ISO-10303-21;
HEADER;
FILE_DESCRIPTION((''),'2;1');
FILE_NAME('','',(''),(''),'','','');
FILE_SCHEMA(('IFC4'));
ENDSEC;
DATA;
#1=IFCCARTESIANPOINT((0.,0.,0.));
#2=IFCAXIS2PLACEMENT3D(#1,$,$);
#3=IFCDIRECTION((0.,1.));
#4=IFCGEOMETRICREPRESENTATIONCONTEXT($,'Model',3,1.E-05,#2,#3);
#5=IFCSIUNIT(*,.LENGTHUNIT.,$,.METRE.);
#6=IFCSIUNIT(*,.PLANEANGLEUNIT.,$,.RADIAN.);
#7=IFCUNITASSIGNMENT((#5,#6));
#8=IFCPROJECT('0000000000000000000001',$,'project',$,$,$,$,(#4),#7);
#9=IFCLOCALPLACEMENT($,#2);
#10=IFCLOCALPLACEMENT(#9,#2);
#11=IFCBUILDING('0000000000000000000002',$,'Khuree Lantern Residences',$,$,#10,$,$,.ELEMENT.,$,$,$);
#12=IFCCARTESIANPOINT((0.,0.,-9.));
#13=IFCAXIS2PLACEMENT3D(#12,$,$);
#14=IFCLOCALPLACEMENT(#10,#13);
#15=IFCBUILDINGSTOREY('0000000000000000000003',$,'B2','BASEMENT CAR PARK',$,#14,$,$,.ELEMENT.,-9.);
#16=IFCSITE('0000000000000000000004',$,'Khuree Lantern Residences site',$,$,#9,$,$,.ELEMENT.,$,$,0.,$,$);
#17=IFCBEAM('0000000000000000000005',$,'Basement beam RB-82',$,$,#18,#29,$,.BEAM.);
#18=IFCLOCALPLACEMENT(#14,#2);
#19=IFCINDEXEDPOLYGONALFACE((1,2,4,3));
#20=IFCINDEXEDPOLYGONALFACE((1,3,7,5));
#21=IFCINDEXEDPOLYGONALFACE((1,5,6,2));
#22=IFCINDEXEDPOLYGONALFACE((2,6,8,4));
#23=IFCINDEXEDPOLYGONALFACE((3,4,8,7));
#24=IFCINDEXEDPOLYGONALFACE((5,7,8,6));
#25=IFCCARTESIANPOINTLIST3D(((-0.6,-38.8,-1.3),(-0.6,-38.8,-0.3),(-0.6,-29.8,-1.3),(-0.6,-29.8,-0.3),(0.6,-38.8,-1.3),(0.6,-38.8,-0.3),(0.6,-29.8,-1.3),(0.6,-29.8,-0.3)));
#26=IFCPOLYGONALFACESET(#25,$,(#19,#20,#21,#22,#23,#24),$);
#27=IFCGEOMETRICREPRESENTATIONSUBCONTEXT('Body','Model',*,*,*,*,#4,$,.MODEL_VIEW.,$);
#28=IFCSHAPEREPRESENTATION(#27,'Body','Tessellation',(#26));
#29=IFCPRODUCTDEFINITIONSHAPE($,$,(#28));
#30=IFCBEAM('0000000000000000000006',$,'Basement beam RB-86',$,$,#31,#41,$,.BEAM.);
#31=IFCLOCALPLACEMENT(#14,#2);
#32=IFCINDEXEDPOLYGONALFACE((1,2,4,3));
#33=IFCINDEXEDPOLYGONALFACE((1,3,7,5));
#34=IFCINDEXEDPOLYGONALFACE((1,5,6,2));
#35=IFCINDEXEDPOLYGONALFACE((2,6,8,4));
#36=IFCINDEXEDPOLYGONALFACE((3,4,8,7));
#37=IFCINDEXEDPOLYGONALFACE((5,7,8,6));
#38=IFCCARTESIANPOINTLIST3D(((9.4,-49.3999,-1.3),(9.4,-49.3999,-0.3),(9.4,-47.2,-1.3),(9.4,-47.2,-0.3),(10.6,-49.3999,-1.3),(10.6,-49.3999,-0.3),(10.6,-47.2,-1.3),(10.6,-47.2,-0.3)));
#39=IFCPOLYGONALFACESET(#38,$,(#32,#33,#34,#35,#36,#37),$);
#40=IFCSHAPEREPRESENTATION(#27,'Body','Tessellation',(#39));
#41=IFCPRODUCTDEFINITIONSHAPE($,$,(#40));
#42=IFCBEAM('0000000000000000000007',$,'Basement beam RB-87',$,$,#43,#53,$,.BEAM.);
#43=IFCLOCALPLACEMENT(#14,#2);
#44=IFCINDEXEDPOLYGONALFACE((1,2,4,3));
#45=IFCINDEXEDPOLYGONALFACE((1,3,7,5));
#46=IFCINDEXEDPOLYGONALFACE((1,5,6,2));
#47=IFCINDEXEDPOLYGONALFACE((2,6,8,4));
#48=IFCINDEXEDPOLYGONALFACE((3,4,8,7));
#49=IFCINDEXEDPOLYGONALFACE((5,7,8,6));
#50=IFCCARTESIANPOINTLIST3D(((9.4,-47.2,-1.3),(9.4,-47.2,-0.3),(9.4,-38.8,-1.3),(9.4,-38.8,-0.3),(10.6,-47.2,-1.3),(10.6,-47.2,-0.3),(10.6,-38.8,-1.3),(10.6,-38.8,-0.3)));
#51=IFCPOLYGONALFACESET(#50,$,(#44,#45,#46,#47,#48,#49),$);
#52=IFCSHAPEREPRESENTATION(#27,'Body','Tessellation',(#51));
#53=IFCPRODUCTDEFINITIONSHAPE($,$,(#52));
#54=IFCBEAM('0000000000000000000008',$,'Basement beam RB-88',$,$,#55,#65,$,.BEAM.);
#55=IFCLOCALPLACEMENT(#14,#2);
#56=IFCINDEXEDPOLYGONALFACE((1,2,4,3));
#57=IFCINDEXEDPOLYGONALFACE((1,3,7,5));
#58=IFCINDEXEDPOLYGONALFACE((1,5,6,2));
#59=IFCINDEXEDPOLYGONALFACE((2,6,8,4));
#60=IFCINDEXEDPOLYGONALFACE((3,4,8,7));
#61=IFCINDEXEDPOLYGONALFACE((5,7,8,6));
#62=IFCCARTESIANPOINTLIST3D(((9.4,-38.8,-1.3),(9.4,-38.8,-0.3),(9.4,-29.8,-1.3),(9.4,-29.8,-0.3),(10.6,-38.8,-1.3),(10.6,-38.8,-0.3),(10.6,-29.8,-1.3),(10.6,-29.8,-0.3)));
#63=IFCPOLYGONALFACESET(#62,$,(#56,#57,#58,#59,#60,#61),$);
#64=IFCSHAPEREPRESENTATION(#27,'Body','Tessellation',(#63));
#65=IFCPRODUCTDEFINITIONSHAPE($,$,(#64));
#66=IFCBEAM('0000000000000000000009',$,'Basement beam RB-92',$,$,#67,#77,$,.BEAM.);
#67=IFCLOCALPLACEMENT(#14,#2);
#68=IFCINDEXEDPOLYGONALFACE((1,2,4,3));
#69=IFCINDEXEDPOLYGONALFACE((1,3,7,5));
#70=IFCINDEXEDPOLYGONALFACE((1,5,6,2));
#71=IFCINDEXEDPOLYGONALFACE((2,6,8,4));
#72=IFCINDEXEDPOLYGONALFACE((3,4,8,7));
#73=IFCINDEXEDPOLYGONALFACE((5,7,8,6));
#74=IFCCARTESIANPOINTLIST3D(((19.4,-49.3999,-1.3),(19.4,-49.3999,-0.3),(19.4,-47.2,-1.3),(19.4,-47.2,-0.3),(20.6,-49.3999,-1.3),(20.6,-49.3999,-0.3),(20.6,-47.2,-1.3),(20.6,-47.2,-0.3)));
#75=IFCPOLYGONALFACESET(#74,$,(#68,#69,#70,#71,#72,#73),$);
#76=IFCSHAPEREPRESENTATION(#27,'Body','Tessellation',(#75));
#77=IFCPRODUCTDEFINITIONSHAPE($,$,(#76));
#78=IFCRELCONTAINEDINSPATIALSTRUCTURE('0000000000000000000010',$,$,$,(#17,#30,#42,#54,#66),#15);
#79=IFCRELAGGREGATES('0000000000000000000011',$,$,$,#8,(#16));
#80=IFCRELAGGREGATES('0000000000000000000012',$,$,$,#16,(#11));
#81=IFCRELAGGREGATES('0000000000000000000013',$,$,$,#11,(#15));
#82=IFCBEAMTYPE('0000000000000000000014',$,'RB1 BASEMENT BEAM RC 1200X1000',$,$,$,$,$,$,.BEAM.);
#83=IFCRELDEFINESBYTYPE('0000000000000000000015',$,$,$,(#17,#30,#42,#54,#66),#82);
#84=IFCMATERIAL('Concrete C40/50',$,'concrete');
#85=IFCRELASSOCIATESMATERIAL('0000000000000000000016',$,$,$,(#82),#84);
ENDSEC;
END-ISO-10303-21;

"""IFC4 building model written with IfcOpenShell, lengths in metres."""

from ifc_helpers import new_model, si_unit, direction, frame, origin, origin_2d, place, context, subcontext, project, spatial, rectangle, extrude, material, material_profile, profile_set, type_object, element, save


model = new_model("IFC4")

# Units and contexts
model_context = context("Model", 3, precision=1e-05, world=origin(), true_north=direction((0.0, 1.0)))
body_context = subcontext(model_context, "Body", "Model", "MODEL_VIEW")
ifc_project = project(units=[si_unit("LENGTHUNIT", "METRE"), si_unit("PLANEANGLEUNIT", "RADIAN")], contexts=[model_context])

# Site, building, storey
site_placement = place(None, origin())
site = spatial("IfcSite", under=ifc_project, at=site_placement, Name="Khuree Lantern Residences site", CompositionType="ELEMENT", RefElevation=0.0)
building_placement = place(site_placement, origin())
building = spatial("IfcBuilding", under=site, at=building_placement, Name="Khuree Lantern Residences", CompositionType="ELEMENT")
storey_placement = place(building_placement, frame((0.0, 0.0, -9.0)))
storey = spatial("IfcBuildingStorey", under=building, at=storey_placement, Name="B2", Description="BASEMENT CAR PARK", CompositionType="ELEMENT", Elevation=-9.0)

# Beams
ifc_material_1 = material(Name="Concrete C40/50", Category="concrete")
ifc_material_profile_1 = material_profile(ifc_material_1, rectangle(XDim=1.2, YDim=1.0, at=origin_2d()), Name="RC 1200X1000")
ifc_profile_set_1 = profile_set([ifc_material_profile_1], Name="Concrete C40/50")
beam_type_1 = type_object("IfcBeamType", Name="RB1 BASEMENT BEAM RC 1200X1000", PredefinedType="BEAM", material=ifc_profile_set_1)
beam_1_placement = place(storey_placement, frame((0.0, -38.8, -0.8), z_axis=(0.0, 1.0, 0.0), x_axis=(-1.0, 0.0, 0.0)))
element("IfcBeam", 1, at=beam_1_placement, inside=storey, type_object=beam_type_1, Name="Basement beam RB-82", PredefinedType="BEAM", context=body_context, shape_type="SweptSolid", body=[
    extrude(rectangle(XDim=1.2, YDim=1.0, at=origin_2d()), origin(), (0.0, 0.0, 1.0), 9.0),
])
beam_2_placement = place(storey_placement, frame((10.0, -49.3999, -0.8), z_axis=(0.0, 1.0, 0.0), x_axis=(-1.0, 0.0, 0.0)))
element("IfcBeam", 2, at=beam_2_placement, inside=storey, type_object=beam_type_1, Name="Basement beam RB-86", PredefinedType="BEAM", context=body_context, shape_type="SweptSolid", body=[
    extrude(rectangle(XDim=1.2, YDim=1.0, at=origin_2d()), origin(), (0.0, 0.0, 1.0), 2.2),
])
beam_3_placement = place(storey_placement, frame((10.0, -47.2, -0.8), z_axis=(0.0, 1.0, 0.0), x_axis=(-1.0, 0.0, 0.0)))
element("IfcBeam", 3, at=beam_3_placement, inside=storey, type_object=beam_type_1, Name="Basement beam RB-87", PredefinedType="BEAM", context=body_context, shape_type="SweptSolid", body=[
    extrude(rectangle(XDim=1.2, YDim=1.0, at=origin_2d()), origin(), (0.0, 0.0, 1.0), 8.3999),
])
beam_4_placement = place(storey_placement, frame((10.0, -38.8, -0.8), z_axis=(0.0, 1.0, 0.0), x_axis=(-1.0, 0.0, 0.0)))
element("IfcBeam", 4, at=beam_4_placement, inside=storey, type_object=beam_type_1, Name="Basement beam RB-88", PredefinedType="BEAM", context=body_context, shape_type="SweptSolid", body=[
    extrude(rectangle(XDim=1.2, YDim=1.0, at=origin_2d()), origin(), (0.0, 0.0, 1.0), 9.0),
])
beam_5_placement = place(storey_placement, frame((20.0, -49.3999, -0.8), z_axis=(0.0, 1.0, 0.0), x_axis=(-1.0, 0.0, 0.0)))
element("IfcBeam", 5, at=beam_5_placement, inside=storey, type_object=beam_type_1, Name="Basement beam RB-92", PredefinedType="BEAM", context=body_context, shape_type="SweptSolid", body=[
    extrude(rectangle(XDim=1.2, YDim=1.0, at=origin_2d()), origin(), (0.0, 0.0, 1.0), 2.2),
])

save(model, "model.ifc")
